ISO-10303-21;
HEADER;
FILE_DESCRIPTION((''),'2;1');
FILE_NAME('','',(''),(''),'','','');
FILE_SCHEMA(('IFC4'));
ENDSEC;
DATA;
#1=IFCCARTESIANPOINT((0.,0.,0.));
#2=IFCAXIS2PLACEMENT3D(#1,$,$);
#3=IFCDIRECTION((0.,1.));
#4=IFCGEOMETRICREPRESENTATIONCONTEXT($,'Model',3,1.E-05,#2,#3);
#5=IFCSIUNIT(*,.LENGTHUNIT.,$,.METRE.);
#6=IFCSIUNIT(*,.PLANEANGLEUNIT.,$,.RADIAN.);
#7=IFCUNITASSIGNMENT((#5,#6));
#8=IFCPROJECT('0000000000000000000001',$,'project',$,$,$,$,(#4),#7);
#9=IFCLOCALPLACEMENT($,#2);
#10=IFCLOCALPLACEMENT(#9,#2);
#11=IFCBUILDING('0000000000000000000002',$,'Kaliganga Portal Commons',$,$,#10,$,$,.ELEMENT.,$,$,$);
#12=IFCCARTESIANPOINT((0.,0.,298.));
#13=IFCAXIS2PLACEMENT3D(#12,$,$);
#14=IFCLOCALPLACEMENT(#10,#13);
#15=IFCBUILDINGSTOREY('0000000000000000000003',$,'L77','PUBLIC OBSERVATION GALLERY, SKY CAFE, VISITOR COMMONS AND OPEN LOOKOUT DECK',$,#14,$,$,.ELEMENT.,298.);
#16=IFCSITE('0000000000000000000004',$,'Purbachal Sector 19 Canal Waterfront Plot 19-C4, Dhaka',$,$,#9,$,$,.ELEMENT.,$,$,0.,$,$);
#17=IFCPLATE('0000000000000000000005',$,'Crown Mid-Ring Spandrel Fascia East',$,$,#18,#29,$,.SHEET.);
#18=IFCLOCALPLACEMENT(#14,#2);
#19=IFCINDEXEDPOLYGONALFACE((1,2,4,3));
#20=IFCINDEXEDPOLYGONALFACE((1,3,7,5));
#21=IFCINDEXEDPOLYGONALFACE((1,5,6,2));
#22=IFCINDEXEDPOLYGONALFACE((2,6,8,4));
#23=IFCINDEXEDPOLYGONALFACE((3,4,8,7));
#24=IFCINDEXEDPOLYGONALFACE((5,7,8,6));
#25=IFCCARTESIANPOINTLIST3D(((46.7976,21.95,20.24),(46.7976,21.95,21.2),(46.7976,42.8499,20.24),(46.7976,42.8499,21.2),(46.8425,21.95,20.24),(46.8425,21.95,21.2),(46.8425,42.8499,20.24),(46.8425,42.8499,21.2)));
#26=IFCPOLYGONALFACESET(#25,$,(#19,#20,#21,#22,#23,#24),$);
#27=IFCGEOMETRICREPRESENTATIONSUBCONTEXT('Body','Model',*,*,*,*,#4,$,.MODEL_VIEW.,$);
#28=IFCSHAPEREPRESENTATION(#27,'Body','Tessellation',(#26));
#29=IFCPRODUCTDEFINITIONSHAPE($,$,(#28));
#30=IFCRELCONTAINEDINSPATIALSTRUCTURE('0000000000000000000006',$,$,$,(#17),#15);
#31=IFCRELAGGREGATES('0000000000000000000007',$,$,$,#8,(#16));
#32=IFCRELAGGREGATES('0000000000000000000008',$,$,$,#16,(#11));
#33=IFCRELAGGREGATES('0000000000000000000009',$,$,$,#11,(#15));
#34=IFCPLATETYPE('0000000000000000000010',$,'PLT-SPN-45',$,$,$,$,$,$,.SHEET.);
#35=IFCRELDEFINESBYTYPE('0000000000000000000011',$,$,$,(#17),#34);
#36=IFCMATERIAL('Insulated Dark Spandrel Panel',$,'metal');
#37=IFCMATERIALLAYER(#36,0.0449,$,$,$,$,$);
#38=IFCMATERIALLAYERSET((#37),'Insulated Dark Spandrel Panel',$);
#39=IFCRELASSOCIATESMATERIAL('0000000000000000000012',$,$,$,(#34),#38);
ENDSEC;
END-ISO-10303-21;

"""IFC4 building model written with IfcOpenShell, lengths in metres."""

from ifc_helpers import new_model, si_unit, direction, frame, origin, origin_2d, place, context, subcontext, project, spatial, rectangle, extrude, source, transform, mapped, material, layer, layer_set, type_object, element, save


model = new_model("IFC4")

# Units and contexts
model_context = context("Model", 3, precision=1e-05, world=origin(), true_north=direction((0.0, 1.0)))
body_context = subcontext(model_context, "Body", "Model", "MODEL_VIEW")
ifc_project = project(units=[si_unit("LENGTHUNIT", "METRE"), si_unit("PLANEANGLEUNIT", "RADIAN")], contexts=[model_context])

# Site, building, storey
site_placement = place(None, origin())
site = spatial("IfcSite", under=ifc_project, at=site_placement, Name="Purbachal Sector 19 Canal Waterfront Plot 19-C4, Dhaka", CompositionType="ELEMENT", RefElevation=0.0)
building_placement = place(site_placement, origin())
building = spatial("IfcBuilding", under=site, at=building_placement, Name="Kaliganga Portal Commons", CompositionType="ELEMENT")
storey_placement = place(building_placement, frame((0.0, 0.0, 298.0)))
storey = spatial("IfcBuildingStorey", under=building, at=storey_placement, Name="L77", Description="PUBLIC OBSERVATION GALLERY, SKY CAFE, VISITOR COMMONS AND OPEN LOOKOUT DECK", CompositionType="ELEMENT", Elevation=298.0)

# Plate
ifc_material_1 = material(Name="Insulated Dark Spandrel Panel", Category="metal")
ifc_layer_1 = layer(ifc_material_1, 0.0449)
ifc_layer_set_1 = layer_set([ifc_layer_1], Name="Insulated Dark Spandrel Panel")
plate_type_1 = type_object("IfcPlateType", Name="PLT-SPN-45", PredefinedType="SHEET", material=ifc_layer_set_1)
shared_shape_1 = source(origin(), body_context, "Body", "SweptSolid", [
    extrude(rectangle(XDim=20.8999, YDim=0.0449, at=origin_2d()), origin(), (0.0, 0.0, 1.0), 0.96),
])
plate_1_placement = place(storey_placement, frame((46.8201, 32.3999, 20.24), z_axis=(0.0, 0.0, 1.0), x_axis=(0.0, 1.0, 0.0)))
element("IfcPlate", 1, at=plate_1_placement, inside=storey, type_object=plate_type_1, Name="Crown Mid-Ring Spandrel Fascia East", PredefinedType="SHEET", context=body_context, shape_type="MappedRepresentation", body=[
    mapped(shared_shape_1, transform((0.0, 0.0, 0.0), x_axis=(1.0, 0.0, 0.0), y_axis=(0.0, 1.0, 0.0), z_axis=(0.0, 0.0, 1.0), scale=1.0)),
])

save(model, "model.ifc")
